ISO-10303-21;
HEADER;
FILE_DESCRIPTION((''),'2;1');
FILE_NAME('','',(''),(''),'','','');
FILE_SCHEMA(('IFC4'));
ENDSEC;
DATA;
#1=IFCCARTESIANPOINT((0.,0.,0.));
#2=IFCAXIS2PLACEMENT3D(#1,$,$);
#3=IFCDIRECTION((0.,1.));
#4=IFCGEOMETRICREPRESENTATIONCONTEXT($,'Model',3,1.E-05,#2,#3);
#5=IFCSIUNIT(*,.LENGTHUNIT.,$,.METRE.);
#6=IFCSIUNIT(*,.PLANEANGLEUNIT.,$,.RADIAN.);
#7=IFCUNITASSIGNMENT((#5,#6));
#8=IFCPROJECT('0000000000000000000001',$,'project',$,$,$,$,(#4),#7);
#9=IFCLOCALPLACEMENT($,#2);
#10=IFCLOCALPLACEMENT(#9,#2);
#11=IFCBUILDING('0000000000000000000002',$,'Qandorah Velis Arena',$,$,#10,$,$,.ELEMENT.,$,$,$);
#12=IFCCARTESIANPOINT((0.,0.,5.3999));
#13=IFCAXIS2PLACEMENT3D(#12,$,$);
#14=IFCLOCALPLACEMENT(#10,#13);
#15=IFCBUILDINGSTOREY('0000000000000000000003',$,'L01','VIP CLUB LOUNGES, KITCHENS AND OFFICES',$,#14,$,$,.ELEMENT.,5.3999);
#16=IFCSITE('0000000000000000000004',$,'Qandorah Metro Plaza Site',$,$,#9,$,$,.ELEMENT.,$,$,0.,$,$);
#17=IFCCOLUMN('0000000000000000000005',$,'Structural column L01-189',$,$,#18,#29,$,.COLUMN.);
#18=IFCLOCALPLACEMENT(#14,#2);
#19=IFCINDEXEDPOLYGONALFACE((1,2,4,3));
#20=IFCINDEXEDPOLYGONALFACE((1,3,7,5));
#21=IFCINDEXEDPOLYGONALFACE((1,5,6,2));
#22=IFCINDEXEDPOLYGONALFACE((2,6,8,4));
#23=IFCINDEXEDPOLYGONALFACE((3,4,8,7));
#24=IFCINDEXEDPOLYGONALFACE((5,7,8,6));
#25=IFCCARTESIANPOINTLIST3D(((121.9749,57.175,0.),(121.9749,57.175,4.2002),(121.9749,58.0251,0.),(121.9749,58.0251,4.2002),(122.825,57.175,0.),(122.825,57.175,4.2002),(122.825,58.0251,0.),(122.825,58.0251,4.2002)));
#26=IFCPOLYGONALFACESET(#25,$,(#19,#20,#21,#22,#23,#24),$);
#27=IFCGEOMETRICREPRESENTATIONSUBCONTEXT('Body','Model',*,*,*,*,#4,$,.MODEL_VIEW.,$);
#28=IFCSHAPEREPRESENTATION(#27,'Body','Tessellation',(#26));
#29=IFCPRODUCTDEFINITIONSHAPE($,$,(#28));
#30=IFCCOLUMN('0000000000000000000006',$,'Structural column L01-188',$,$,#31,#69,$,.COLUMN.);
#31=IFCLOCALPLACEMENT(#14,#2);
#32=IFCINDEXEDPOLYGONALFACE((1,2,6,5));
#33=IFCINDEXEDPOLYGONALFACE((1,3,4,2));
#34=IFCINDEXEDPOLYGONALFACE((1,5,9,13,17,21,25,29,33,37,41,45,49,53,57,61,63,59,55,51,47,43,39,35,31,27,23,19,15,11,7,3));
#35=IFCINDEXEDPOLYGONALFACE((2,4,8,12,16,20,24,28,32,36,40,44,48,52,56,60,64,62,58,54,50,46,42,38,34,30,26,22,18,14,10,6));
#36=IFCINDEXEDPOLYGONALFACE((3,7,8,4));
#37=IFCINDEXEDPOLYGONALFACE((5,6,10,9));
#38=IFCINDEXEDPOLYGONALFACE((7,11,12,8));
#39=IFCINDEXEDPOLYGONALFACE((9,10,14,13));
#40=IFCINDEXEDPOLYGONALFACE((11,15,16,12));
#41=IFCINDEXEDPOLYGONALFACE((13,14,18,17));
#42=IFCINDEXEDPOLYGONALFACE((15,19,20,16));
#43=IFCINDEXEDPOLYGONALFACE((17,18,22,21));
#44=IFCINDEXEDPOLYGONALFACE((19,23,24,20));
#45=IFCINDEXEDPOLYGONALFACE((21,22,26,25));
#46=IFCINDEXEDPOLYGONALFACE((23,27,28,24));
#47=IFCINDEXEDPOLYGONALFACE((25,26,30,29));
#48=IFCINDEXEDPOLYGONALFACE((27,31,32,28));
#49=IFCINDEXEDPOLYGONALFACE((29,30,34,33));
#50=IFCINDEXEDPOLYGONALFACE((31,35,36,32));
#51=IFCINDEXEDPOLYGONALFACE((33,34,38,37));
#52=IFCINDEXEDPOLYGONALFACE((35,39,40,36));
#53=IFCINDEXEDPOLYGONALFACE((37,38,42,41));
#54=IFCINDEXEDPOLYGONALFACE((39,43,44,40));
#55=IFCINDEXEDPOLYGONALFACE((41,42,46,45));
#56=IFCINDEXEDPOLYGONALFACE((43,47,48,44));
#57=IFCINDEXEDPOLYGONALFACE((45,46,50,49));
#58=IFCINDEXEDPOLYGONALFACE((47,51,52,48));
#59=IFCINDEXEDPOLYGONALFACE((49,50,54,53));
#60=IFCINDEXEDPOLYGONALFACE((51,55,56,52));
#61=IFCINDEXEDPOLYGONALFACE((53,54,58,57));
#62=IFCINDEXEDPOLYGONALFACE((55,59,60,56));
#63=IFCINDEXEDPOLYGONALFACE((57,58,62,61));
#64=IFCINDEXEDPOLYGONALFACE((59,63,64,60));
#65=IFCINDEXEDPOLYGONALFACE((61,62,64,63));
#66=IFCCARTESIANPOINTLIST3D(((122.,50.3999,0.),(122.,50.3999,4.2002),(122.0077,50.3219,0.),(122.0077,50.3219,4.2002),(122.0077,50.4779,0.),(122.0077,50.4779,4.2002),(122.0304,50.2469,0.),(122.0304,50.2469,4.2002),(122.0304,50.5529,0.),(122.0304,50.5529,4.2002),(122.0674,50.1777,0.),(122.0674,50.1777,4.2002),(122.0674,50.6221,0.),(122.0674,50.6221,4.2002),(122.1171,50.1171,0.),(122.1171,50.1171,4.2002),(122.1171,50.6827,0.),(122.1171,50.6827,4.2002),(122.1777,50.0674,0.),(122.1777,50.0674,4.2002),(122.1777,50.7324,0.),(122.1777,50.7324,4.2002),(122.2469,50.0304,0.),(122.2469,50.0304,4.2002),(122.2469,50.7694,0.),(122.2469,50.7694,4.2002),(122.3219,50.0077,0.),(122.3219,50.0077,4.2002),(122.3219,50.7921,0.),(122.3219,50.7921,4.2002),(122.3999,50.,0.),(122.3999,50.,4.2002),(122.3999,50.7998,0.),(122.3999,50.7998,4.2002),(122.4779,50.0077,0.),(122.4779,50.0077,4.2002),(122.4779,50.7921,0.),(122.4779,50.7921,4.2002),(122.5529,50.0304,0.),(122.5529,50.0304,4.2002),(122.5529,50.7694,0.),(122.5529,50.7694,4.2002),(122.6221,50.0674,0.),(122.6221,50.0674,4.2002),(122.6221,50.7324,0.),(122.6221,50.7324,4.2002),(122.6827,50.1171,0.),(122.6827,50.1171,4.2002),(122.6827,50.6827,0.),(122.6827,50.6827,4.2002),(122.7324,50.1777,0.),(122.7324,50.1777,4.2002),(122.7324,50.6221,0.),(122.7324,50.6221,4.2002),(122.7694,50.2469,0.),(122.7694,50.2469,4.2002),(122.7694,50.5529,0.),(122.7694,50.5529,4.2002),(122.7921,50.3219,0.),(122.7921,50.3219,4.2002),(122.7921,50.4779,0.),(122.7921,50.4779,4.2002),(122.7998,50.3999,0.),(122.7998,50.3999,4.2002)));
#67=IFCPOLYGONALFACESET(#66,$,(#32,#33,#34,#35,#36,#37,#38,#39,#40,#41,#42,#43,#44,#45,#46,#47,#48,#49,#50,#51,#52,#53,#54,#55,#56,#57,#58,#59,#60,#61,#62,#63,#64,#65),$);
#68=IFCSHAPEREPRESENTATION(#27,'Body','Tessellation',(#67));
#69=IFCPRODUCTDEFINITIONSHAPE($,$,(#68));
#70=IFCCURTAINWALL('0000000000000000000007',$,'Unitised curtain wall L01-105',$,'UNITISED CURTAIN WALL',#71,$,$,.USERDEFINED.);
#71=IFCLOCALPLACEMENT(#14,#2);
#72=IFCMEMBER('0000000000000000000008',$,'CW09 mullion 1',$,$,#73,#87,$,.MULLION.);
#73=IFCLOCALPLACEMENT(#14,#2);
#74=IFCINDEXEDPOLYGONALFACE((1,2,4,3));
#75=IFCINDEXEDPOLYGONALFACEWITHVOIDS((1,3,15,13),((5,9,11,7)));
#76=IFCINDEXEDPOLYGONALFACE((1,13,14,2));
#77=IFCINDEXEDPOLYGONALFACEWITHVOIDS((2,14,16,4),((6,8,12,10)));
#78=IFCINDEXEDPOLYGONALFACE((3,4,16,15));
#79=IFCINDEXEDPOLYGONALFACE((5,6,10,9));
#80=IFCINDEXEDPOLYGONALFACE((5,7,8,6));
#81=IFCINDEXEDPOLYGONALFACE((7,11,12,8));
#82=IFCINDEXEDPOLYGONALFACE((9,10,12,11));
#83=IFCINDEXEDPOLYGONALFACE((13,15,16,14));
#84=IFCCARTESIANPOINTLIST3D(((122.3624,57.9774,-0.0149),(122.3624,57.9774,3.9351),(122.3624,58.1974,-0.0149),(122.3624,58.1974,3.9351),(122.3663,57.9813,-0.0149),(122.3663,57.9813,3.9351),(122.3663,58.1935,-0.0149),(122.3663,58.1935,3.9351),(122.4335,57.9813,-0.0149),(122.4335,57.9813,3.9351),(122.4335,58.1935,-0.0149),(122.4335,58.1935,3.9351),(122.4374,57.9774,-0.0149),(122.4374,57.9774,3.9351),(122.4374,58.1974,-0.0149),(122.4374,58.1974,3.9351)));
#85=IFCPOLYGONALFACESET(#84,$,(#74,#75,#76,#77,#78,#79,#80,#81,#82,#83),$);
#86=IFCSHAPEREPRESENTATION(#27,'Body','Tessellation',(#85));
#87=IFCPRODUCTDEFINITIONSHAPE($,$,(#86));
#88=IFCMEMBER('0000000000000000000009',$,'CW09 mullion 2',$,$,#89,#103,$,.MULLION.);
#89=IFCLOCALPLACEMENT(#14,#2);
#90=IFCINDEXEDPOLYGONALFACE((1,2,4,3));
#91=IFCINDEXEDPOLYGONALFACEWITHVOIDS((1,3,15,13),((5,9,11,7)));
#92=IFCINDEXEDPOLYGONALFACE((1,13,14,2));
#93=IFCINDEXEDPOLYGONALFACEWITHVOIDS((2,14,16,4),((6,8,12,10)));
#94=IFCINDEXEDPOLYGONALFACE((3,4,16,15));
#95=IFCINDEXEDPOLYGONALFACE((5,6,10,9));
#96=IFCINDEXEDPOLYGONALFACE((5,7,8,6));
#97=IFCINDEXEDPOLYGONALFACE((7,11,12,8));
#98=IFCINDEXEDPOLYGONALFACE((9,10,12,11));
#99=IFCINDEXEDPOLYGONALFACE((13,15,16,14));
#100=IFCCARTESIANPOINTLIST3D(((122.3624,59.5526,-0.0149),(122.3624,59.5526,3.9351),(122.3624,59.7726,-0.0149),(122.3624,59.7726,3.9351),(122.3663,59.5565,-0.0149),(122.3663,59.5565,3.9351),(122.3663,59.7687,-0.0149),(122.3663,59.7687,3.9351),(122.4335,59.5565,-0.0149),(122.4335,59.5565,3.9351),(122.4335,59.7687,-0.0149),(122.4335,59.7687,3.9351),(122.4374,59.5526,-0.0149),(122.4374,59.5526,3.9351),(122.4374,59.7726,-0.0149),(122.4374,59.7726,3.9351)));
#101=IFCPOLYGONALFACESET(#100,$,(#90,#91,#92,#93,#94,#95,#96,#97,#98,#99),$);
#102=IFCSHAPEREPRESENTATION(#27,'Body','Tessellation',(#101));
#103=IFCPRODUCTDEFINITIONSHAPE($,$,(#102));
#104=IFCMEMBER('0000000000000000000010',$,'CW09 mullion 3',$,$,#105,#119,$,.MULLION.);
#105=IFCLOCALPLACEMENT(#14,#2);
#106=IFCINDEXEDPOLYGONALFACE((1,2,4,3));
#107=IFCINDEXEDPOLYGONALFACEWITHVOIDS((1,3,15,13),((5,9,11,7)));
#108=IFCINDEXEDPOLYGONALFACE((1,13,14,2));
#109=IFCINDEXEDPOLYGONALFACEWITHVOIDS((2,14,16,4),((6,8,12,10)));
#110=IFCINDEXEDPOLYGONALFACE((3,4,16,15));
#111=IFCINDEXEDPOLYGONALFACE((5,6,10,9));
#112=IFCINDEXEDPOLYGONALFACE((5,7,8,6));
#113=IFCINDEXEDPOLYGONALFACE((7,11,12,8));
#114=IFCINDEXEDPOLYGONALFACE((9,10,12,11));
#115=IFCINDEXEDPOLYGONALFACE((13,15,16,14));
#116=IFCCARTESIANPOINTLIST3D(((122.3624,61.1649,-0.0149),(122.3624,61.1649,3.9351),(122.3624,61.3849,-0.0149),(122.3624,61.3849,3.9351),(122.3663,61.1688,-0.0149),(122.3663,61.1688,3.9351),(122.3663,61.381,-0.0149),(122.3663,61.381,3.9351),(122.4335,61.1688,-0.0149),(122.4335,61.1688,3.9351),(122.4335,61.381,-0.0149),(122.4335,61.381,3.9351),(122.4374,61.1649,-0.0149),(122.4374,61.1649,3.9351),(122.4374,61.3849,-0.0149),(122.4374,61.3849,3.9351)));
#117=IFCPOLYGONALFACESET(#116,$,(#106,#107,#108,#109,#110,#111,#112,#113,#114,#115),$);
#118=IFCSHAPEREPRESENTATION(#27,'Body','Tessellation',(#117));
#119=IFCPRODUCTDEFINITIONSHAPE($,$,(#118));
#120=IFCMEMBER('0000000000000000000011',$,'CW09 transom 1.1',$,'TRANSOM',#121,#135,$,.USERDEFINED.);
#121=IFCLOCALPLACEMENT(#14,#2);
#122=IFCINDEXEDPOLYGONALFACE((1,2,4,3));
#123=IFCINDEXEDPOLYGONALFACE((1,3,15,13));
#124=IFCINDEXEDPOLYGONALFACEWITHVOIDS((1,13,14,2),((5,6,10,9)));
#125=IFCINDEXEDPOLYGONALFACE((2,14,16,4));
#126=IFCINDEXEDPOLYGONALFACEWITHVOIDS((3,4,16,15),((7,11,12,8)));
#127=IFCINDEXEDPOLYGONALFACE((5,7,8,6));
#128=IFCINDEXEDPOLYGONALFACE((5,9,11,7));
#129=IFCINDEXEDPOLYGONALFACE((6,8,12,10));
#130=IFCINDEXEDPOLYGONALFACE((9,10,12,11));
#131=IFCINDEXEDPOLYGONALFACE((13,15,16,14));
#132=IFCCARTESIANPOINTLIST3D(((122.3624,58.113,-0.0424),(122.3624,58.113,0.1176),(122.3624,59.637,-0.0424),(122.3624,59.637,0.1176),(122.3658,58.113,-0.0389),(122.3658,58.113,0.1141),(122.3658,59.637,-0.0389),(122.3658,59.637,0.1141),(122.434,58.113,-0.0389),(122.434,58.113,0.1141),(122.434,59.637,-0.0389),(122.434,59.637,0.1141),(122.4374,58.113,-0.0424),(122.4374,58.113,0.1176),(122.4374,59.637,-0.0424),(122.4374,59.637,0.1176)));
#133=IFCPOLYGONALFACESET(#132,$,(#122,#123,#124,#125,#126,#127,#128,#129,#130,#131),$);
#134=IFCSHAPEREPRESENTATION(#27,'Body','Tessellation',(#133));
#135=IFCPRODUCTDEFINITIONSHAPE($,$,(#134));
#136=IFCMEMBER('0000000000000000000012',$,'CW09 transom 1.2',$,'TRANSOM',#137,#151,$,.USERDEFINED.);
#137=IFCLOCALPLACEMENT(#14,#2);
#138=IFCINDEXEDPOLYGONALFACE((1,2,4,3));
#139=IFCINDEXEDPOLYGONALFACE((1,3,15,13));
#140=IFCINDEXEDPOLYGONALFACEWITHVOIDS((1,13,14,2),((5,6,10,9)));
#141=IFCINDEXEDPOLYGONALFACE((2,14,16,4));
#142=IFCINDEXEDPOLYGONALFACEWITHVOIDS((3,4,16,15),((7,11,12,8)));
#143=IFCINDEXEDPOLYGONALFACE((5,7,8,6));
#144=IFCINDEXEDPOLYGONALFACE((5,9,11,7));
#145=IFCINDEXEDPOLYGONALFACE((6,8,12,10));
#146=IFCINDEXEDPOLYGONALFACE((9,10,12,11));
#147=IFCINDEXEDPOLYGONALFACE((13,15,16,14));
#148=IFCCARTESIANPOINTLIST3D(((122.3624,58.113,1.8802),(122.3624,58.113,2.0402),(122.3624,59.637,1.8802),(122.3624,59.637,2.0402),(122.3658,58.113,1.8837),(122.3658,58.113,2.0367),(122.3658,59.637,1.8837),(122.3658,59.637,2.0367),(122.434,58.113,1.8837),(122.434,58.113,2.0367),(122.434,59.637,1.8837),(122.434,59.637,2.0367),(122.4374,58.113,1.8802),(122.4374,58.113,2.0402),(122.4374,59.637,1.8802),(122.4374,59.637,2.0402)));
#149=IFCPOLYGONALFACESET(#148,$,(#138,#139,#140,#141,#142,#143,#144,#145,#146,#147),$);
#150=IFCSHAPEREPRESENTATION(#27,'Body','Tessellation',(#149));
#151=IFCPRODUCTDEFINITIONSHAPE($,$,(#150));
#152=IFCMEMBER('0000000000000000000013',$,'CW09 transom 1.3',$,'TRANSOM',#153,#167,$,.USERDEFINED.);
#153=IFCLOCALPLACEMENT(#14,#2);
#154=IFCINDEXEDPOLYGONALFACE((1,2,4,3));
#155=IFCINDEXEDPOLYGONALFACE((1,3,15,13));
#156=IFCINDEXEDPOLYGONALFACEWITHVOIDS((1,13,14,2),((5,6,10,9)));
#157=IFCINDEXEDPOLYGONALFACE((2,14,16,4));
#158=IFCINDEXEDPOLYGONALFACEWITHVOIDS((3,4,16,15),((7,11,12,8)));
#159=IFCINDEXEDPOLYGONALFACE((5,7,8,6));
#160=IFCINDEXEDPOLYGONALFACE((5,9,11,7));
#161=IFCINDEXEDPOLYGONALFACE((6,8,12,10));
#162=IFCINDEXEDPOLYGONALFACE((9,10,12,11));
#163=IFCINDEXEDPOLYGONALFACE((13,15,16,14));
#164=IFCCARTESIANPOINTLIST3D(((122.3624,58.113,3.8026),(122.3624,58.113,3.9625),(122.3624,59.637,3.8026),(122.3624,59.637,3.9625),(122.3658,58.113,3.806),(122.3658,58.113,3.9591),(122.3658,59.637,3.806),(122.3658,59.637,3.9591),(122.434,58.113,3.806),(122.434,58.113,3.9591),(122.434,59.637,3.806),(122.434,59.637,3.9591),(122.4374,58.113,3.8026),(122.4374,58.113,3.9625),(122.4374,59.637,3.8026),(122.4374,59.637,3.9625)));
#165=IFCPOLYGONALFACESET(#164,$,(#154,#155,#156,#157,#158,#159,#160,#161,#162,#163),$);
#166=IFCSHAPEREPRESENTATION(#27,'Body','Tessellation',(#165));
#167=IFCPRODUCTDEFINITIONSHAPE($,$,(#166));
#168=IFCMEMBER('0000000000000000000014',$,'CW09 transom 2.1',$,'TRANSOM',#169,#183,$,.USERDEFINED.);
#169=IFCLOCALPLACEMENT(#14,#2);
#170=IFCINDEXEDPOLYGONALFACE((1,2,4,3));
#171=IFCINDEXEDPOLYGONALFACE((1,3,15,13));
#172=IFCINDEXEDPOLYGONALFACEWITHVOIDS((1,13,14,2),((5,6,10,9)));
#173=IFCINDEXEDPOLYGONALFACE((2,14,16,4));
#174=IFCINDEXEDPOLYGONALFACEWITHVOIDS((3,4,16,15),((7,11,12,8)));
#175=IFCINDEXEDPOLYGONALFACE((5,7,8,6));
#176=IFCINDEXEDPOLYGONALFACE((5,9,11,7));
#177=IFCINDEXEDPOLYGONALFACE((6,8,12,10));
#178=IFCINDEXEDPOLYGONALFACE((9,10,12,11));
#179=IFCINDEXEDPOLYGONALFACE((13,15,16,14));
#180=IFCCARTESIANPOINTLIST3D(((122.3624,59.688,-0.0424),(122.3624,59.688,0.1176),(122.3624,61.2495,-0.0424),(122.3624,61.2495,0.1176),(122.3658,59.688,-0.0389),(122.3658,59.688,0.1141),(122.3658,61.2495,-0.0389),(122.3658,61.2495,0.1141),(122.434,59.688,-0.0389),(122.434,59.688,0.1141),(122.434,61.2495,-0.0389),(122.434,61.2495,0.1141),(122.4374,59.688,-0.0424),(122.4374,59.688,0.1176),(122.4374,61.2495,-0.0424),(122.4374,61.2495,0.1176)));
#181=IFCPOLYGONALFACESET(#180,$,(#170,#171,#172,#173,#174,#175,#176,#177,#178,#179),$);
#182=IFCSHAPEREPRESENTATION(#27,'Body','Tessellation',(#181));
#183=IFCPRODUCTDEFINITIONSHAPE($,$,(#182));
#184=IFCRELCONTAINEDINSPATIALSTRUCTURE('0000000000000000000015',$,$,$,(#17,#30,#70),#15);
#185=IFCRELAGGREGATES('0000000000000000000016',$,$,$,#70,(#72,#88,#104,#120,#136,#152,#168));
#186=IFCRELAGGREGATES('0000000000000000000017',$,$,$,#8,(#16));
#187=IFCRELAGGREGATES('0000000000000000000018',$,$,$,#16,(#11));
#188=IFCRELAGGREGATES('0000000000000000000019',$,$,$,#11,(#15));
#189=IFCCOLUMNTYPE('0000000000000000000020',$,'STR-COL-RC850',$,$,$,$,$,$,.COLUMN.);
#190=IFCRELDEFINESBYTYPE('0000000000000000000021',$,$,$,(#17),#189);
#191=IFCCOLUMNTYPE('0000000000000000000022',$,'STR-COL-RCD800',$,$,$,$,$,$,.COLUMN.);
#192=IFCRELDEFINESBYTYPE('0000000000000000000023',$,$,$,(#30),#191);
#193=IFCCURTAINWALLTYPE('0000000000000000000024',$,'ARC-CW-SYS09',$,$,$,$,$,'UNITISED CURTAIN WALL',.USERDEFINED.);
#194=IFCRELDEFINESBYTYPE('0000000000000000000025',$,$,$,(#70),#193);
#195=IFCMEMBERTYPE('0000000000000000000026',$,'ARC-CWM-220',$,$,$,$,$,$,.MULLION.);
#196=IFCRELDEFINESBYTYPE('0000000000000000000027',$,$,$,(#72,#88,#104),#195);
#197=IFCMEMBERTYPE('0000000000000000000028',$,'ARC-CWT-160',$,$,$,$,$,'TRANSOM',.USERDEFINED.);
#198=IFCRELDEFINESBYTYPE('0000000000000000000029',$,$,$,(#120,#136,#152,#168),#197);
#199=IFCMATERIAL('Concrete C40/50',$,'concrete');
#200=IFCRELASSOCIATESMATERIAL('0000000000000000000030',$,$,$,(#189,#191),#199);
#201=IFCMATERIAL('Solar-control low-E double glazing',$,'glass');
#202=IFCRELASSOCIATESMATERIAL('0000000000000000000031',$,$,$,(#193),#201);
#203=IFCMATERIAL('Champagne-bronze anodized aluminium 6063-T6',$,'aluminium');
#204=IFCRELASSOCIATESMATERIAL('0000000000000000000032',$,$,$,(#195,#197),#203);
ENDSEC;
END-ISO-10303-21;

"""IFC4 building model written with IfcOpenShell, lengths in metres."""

from ifc_helpers import new_model, si_unit, direction, frame, origin, origin_2d, place, context, subcontext, project, spatial, rectangle, hollow_rectangle, circle, extrude, material, material_profile, profile_set, type_object, element, aggregate, save


model = new_model("IFC4")

# Units and contexts
model_context = context("Model", 3, precision=1e-05, world=origin(), true_north=direction((0.0, 1.0)))
body_context = subcontext(model_context, "Body", "Model", "MODEL_VIEW")
ifc_project = project(units=[si_unit("LENGTHUNIT", "METRE"), si_unit("PLANEANGLEUNIT", "RADIAN")], contexts=[model_context])

# Site, building, storey
site_placement = place(None, origin())
site = spatial("IfcSite", under=ifc_project, at=site_placement, Name="Qandorah Metro Plaza Site", CompositionType="ELEMENT", RefElevation=0.0)
building_placement = place(site_placement, origin())
building = spatial("IfcBuilding", under=site, at=building_placement, Name="Qandorah Velis Arena", CompositionType="ELEMENT")
storey_placement = place(building_placement, frame((0.0, 0.0, 5.3999)))
storey = spatial("IfcBuildingStorey", under=building, at=storey_placement, Name="L01", Description="VIP CLUB LOUNGES, KITCHENS AND OFFICES", CompositionType="ELEMENT", Elevation=5.3999)

# Columns
ifc_material_1 = material(Name="Concrete C40/50", Category="concrete")
ifc_material_profile_1 = material_profile(ifc_material_1, rectangle(XDim=0.8501, YDim=0.8501, at=origin_2d()), Name="RC COL 850x850")
ifc_profile_set_1 = profile_set([ifc_material_profile_1], Name="Concrete C40/50")
column_type_1 = type_object("IfcColumnType", Name="STR-COL-RC850", PredefinedType="COLUMN", material=ifc_profile_set_1)
column_1_placement = place(storey_placement, frame((122.3999, 57.6001, 0.0), z_axis=(0.0, 0.0, 1.0), x_axis=(1.0, 0.0, 0.0)))
element("IfcColumn", 1, at=column_1_placement, inside=storey, type_object=column_type_1, Name="Structural column L01-189", PredefinedType="COLUMN", context=body_context, shape_type="SweptSolid", body=[
    extrude(rectangle(XDim=0.8501, YDim=0.8501, at=origin_2d()), origin(), (0.0, 0.0, 1.0), 4.2002),
])
ifc_material_profile_2 = material_profile(ifc_material_1, circle(Radius=0.3999, at=origin_2d()), Name="RC D800")
ifc_profile_set_2 = profile_set([ifc_material_profile_2], Name="Concrete C40/50")
column_type_2 = type_object("IfcColumnType", Name="STR-COL-RCD800", PredefinedType="COLUMN", material=ifc_profile_set_2)
column_2_placement = place(storey_placement, frame((122.3999, 50.3999, 0.0), z_axis=(0.0, 0.0, 1.0), x_axis=(1.0, 0.0, 0.0)))
element("IfcColumn", 2, at=column_2_placement, inside=storey, type_object=column_type_2, Name="Structural column L01-188", PredefinedType="COLUMN", context=body_context, shape_type="SweptSolid", body=[
    extrude(circle(Radius=0.3999, at=origin_2d()), origin(), (0.0, 0.0, 1.0), 4.2002),
])

# Curtain wall, members
ifc_material_2 = material(Name="Solar-control low-E double glazing", Category="glass")
curtain_wall_type = type_object("IfcCurtainWallType", Name="ARC-CW-SYS09", ElementType="UNITISED CURTAIN WALL", PredefinedType="USERDEFINED", material=ifc_material_2)
curtain_wall_placement = place(storey_placement, origin())
curtain_wall = element("IfcCurtainWall", 3, at=curtain_wall_placement, inside=storey, type_object=curtain_wall_type, Name="Unitised curtain wall L01-105", ObjectType="UNITISED CURTAIN WALL", PredefinedType="USERDEFINED")
ifc_material_3 = material(Name="Champagne-bronze anodized aluminium 6063-T6", Category="aluminium")
ifc_material_profile_3 = material_profile(ifc_material_3, hollow_rectangle(XDim=0.075, YDim=0.22, WallThickness=0.0039, at=origin_2d()), Name="ALU MULLION 75x220")
ifc_profile_set_3 = profile_set([ifc_material_profile_3], Name="Champagne-bronze anodized aluminium 6063-T6")
member_type_1 = type_object("IfcMemberType", Name="ARC-CWM-220", PredefinedType="MULLION", material=ifc_profile_set_3)
member_1_placement = place(storey_placement, frame((122.3999, 58.0874, -0.0149), z_axis=(0.0, 0.0, 1.0), x_axis=(-1.0, 0.0, 0.0)))
member_1 = element("IfcMember", 4, at=member_1_placement, type_object=member_type_1, Name="CW09 mullion 1", PredefinedType="MULLION", context=body_context, shape_type="SweptSolid", body=[
    extrude(hollow_rectangle(XDim=0.075, YDim=0.22, WallThickness=0.0039, at=origin_2d()), origin(), (0.0, 0.0, 1.0), 3.95),
])
member_2_placement = place(storey_placement, frame((122.3999, 59.6626, -0.0149), z_axis=(0.0, 0.0, 1.0), x_axis=(-1.0, 0.0, 0.0)))
member_2 = element("IfcMember", 5, at=member_2_placement, type_object=member_type_1, Name="CW09 mullion 2", PredefinedType="MULLION", context=body_context, shape_type="SweptSolid", body=[
    extrude(hollow_rectangle(XDim=0.075, YDim=0.22, WallThickness=0.0039, at=origin_2d()), origin(), (0.0, 0.0, 1.0), 3.95),
])
member_3_placement = place(storey_placement, frame((122.3999, 61.2749, -0.0149), z_axis=(0.0, 0.0, 1.0), x_axis=(-1.0, 0.0, 0.0)))
member_3 = element("IfcMember", 6, at=member_3_placement, type_object=member_type_1, Name="CW09 mullion 3", PredefinedType="MULLION", context=body_context, shape_type="SweptSolid", body=[
    extrude(hollow_rectangle(XDim=0.075, YDim=0.22, WallThickness=0.0039, at=origin_2d()), origin(), (0.0, 0.0, 1.0), 3.95),
])
ifc_material_profile_4 = material_profile(ifc_material_3, hollow_rectangle(XDim=0.075, YDim=0.1599, WallThickness=0.0034, at=origin_2d()), Name="ALU TRANSOM 75x160")
ifc_profile_set_4 = profile_set([ifc_material_profile_4], Name="Champagne-bronze anodized aluminium 6063-T6")
member_type_2 = type_object("IfcMemberType", Name="ARC-CWT-160", ElementType="TRANSOM", PredefinedType="USERDEFINED", material=ifc_profile_set_4)
member_4_placement = place(storey_placement, frame((122.3999, 58.113, 0.0376), z_axis=(0.0, 1.0, 0.0), x_axis=(-1.0, 0.0, 0.0)))
member_4 = element("IfcMember", 7, at=member_4_placement, type_object=member_type_2, Name="CW09 transom 1.1", ObjectType="TRANSOM", PredefinedType="USERDEFINED", context=body_context, shape_type="SweptSolid", body=[
    extrude(hollow_rectangle(XDim=0.075, YDim=0.1599, WallThickness=0.0034, at=origin_2d()), origin(), (0.0, 0.0, 1.0), 1.5239),
])
member_5_placement = place(storey_placement, frame((122.3999, 58.113, 1.9602), z_axis=(0.0, 1.0, 0.0), x_axis=(-1.0, 0.0, 0.0)))
member_5 = element("IfcMember", 8, at=member_5_placement, type_object=member_type_2, Name="CW09 transom 1.2", ObjectType="TRANSOM", PredefinedType="USERDEFINED", context=body_context, shape_type="SweptSolid", body=[
    extrude(hollow_rectangle(XDim=0.075, YDim=0.1599, WallThickness=0.0034, at=origin_2d()), origin(), (0.0, 0.0, 1.0), 1.5239),
])
member_6_placement = place(storey_placement, frame((122.3999, 58.113, 3.8826), z_axis=(0.0, 1.0, 0.0), x_axis=(-1.0, 0.0, 0.0)))
member_6 = element("IfcMember", 9, at=member_6_placement, type_object=member_type_2, Name="CW09 transom 1.3", ObjectType="TRANSOM", PredefinedType="USERDEFINED", context=body_context, shape_type="SweptSolid", body=[
    extrude(hollow_rectangle(XDim=0.075, YDim=0.1599, WallThickness=0.0034, at=origin_2d()), origin(), (0.0, 0.0, 1.0), 1.5239),
])
member_7_placement = place(storey_placement, frame((122.3999, 59.688, 0.0376), z_axis=(0.0, 1.0, 0.0), x_axis=(-1.0, 0.0, 0.0)))
member_7 = element("IfcMember", 10, at=member_7_placement, type_object=member_type_2, Name="CW09 transom 2.1", ObjectType="TRANSOM", PredefinedType="USERDEFINED", context=body_context, shape_type="SweptSolid", body=[
    extrude(hollow_rectangle(XDim=0.075, YDim=0.1599, WallThickness=0.0034, at=origin_2d()), origin(), (0.0, 0.0, 1.0), 1.5615),
])

aggregate(curtain_wall, [member_1, member_2, member_3, member_4, member_5, member_6, member_7])

save(model, "model.ifc")
